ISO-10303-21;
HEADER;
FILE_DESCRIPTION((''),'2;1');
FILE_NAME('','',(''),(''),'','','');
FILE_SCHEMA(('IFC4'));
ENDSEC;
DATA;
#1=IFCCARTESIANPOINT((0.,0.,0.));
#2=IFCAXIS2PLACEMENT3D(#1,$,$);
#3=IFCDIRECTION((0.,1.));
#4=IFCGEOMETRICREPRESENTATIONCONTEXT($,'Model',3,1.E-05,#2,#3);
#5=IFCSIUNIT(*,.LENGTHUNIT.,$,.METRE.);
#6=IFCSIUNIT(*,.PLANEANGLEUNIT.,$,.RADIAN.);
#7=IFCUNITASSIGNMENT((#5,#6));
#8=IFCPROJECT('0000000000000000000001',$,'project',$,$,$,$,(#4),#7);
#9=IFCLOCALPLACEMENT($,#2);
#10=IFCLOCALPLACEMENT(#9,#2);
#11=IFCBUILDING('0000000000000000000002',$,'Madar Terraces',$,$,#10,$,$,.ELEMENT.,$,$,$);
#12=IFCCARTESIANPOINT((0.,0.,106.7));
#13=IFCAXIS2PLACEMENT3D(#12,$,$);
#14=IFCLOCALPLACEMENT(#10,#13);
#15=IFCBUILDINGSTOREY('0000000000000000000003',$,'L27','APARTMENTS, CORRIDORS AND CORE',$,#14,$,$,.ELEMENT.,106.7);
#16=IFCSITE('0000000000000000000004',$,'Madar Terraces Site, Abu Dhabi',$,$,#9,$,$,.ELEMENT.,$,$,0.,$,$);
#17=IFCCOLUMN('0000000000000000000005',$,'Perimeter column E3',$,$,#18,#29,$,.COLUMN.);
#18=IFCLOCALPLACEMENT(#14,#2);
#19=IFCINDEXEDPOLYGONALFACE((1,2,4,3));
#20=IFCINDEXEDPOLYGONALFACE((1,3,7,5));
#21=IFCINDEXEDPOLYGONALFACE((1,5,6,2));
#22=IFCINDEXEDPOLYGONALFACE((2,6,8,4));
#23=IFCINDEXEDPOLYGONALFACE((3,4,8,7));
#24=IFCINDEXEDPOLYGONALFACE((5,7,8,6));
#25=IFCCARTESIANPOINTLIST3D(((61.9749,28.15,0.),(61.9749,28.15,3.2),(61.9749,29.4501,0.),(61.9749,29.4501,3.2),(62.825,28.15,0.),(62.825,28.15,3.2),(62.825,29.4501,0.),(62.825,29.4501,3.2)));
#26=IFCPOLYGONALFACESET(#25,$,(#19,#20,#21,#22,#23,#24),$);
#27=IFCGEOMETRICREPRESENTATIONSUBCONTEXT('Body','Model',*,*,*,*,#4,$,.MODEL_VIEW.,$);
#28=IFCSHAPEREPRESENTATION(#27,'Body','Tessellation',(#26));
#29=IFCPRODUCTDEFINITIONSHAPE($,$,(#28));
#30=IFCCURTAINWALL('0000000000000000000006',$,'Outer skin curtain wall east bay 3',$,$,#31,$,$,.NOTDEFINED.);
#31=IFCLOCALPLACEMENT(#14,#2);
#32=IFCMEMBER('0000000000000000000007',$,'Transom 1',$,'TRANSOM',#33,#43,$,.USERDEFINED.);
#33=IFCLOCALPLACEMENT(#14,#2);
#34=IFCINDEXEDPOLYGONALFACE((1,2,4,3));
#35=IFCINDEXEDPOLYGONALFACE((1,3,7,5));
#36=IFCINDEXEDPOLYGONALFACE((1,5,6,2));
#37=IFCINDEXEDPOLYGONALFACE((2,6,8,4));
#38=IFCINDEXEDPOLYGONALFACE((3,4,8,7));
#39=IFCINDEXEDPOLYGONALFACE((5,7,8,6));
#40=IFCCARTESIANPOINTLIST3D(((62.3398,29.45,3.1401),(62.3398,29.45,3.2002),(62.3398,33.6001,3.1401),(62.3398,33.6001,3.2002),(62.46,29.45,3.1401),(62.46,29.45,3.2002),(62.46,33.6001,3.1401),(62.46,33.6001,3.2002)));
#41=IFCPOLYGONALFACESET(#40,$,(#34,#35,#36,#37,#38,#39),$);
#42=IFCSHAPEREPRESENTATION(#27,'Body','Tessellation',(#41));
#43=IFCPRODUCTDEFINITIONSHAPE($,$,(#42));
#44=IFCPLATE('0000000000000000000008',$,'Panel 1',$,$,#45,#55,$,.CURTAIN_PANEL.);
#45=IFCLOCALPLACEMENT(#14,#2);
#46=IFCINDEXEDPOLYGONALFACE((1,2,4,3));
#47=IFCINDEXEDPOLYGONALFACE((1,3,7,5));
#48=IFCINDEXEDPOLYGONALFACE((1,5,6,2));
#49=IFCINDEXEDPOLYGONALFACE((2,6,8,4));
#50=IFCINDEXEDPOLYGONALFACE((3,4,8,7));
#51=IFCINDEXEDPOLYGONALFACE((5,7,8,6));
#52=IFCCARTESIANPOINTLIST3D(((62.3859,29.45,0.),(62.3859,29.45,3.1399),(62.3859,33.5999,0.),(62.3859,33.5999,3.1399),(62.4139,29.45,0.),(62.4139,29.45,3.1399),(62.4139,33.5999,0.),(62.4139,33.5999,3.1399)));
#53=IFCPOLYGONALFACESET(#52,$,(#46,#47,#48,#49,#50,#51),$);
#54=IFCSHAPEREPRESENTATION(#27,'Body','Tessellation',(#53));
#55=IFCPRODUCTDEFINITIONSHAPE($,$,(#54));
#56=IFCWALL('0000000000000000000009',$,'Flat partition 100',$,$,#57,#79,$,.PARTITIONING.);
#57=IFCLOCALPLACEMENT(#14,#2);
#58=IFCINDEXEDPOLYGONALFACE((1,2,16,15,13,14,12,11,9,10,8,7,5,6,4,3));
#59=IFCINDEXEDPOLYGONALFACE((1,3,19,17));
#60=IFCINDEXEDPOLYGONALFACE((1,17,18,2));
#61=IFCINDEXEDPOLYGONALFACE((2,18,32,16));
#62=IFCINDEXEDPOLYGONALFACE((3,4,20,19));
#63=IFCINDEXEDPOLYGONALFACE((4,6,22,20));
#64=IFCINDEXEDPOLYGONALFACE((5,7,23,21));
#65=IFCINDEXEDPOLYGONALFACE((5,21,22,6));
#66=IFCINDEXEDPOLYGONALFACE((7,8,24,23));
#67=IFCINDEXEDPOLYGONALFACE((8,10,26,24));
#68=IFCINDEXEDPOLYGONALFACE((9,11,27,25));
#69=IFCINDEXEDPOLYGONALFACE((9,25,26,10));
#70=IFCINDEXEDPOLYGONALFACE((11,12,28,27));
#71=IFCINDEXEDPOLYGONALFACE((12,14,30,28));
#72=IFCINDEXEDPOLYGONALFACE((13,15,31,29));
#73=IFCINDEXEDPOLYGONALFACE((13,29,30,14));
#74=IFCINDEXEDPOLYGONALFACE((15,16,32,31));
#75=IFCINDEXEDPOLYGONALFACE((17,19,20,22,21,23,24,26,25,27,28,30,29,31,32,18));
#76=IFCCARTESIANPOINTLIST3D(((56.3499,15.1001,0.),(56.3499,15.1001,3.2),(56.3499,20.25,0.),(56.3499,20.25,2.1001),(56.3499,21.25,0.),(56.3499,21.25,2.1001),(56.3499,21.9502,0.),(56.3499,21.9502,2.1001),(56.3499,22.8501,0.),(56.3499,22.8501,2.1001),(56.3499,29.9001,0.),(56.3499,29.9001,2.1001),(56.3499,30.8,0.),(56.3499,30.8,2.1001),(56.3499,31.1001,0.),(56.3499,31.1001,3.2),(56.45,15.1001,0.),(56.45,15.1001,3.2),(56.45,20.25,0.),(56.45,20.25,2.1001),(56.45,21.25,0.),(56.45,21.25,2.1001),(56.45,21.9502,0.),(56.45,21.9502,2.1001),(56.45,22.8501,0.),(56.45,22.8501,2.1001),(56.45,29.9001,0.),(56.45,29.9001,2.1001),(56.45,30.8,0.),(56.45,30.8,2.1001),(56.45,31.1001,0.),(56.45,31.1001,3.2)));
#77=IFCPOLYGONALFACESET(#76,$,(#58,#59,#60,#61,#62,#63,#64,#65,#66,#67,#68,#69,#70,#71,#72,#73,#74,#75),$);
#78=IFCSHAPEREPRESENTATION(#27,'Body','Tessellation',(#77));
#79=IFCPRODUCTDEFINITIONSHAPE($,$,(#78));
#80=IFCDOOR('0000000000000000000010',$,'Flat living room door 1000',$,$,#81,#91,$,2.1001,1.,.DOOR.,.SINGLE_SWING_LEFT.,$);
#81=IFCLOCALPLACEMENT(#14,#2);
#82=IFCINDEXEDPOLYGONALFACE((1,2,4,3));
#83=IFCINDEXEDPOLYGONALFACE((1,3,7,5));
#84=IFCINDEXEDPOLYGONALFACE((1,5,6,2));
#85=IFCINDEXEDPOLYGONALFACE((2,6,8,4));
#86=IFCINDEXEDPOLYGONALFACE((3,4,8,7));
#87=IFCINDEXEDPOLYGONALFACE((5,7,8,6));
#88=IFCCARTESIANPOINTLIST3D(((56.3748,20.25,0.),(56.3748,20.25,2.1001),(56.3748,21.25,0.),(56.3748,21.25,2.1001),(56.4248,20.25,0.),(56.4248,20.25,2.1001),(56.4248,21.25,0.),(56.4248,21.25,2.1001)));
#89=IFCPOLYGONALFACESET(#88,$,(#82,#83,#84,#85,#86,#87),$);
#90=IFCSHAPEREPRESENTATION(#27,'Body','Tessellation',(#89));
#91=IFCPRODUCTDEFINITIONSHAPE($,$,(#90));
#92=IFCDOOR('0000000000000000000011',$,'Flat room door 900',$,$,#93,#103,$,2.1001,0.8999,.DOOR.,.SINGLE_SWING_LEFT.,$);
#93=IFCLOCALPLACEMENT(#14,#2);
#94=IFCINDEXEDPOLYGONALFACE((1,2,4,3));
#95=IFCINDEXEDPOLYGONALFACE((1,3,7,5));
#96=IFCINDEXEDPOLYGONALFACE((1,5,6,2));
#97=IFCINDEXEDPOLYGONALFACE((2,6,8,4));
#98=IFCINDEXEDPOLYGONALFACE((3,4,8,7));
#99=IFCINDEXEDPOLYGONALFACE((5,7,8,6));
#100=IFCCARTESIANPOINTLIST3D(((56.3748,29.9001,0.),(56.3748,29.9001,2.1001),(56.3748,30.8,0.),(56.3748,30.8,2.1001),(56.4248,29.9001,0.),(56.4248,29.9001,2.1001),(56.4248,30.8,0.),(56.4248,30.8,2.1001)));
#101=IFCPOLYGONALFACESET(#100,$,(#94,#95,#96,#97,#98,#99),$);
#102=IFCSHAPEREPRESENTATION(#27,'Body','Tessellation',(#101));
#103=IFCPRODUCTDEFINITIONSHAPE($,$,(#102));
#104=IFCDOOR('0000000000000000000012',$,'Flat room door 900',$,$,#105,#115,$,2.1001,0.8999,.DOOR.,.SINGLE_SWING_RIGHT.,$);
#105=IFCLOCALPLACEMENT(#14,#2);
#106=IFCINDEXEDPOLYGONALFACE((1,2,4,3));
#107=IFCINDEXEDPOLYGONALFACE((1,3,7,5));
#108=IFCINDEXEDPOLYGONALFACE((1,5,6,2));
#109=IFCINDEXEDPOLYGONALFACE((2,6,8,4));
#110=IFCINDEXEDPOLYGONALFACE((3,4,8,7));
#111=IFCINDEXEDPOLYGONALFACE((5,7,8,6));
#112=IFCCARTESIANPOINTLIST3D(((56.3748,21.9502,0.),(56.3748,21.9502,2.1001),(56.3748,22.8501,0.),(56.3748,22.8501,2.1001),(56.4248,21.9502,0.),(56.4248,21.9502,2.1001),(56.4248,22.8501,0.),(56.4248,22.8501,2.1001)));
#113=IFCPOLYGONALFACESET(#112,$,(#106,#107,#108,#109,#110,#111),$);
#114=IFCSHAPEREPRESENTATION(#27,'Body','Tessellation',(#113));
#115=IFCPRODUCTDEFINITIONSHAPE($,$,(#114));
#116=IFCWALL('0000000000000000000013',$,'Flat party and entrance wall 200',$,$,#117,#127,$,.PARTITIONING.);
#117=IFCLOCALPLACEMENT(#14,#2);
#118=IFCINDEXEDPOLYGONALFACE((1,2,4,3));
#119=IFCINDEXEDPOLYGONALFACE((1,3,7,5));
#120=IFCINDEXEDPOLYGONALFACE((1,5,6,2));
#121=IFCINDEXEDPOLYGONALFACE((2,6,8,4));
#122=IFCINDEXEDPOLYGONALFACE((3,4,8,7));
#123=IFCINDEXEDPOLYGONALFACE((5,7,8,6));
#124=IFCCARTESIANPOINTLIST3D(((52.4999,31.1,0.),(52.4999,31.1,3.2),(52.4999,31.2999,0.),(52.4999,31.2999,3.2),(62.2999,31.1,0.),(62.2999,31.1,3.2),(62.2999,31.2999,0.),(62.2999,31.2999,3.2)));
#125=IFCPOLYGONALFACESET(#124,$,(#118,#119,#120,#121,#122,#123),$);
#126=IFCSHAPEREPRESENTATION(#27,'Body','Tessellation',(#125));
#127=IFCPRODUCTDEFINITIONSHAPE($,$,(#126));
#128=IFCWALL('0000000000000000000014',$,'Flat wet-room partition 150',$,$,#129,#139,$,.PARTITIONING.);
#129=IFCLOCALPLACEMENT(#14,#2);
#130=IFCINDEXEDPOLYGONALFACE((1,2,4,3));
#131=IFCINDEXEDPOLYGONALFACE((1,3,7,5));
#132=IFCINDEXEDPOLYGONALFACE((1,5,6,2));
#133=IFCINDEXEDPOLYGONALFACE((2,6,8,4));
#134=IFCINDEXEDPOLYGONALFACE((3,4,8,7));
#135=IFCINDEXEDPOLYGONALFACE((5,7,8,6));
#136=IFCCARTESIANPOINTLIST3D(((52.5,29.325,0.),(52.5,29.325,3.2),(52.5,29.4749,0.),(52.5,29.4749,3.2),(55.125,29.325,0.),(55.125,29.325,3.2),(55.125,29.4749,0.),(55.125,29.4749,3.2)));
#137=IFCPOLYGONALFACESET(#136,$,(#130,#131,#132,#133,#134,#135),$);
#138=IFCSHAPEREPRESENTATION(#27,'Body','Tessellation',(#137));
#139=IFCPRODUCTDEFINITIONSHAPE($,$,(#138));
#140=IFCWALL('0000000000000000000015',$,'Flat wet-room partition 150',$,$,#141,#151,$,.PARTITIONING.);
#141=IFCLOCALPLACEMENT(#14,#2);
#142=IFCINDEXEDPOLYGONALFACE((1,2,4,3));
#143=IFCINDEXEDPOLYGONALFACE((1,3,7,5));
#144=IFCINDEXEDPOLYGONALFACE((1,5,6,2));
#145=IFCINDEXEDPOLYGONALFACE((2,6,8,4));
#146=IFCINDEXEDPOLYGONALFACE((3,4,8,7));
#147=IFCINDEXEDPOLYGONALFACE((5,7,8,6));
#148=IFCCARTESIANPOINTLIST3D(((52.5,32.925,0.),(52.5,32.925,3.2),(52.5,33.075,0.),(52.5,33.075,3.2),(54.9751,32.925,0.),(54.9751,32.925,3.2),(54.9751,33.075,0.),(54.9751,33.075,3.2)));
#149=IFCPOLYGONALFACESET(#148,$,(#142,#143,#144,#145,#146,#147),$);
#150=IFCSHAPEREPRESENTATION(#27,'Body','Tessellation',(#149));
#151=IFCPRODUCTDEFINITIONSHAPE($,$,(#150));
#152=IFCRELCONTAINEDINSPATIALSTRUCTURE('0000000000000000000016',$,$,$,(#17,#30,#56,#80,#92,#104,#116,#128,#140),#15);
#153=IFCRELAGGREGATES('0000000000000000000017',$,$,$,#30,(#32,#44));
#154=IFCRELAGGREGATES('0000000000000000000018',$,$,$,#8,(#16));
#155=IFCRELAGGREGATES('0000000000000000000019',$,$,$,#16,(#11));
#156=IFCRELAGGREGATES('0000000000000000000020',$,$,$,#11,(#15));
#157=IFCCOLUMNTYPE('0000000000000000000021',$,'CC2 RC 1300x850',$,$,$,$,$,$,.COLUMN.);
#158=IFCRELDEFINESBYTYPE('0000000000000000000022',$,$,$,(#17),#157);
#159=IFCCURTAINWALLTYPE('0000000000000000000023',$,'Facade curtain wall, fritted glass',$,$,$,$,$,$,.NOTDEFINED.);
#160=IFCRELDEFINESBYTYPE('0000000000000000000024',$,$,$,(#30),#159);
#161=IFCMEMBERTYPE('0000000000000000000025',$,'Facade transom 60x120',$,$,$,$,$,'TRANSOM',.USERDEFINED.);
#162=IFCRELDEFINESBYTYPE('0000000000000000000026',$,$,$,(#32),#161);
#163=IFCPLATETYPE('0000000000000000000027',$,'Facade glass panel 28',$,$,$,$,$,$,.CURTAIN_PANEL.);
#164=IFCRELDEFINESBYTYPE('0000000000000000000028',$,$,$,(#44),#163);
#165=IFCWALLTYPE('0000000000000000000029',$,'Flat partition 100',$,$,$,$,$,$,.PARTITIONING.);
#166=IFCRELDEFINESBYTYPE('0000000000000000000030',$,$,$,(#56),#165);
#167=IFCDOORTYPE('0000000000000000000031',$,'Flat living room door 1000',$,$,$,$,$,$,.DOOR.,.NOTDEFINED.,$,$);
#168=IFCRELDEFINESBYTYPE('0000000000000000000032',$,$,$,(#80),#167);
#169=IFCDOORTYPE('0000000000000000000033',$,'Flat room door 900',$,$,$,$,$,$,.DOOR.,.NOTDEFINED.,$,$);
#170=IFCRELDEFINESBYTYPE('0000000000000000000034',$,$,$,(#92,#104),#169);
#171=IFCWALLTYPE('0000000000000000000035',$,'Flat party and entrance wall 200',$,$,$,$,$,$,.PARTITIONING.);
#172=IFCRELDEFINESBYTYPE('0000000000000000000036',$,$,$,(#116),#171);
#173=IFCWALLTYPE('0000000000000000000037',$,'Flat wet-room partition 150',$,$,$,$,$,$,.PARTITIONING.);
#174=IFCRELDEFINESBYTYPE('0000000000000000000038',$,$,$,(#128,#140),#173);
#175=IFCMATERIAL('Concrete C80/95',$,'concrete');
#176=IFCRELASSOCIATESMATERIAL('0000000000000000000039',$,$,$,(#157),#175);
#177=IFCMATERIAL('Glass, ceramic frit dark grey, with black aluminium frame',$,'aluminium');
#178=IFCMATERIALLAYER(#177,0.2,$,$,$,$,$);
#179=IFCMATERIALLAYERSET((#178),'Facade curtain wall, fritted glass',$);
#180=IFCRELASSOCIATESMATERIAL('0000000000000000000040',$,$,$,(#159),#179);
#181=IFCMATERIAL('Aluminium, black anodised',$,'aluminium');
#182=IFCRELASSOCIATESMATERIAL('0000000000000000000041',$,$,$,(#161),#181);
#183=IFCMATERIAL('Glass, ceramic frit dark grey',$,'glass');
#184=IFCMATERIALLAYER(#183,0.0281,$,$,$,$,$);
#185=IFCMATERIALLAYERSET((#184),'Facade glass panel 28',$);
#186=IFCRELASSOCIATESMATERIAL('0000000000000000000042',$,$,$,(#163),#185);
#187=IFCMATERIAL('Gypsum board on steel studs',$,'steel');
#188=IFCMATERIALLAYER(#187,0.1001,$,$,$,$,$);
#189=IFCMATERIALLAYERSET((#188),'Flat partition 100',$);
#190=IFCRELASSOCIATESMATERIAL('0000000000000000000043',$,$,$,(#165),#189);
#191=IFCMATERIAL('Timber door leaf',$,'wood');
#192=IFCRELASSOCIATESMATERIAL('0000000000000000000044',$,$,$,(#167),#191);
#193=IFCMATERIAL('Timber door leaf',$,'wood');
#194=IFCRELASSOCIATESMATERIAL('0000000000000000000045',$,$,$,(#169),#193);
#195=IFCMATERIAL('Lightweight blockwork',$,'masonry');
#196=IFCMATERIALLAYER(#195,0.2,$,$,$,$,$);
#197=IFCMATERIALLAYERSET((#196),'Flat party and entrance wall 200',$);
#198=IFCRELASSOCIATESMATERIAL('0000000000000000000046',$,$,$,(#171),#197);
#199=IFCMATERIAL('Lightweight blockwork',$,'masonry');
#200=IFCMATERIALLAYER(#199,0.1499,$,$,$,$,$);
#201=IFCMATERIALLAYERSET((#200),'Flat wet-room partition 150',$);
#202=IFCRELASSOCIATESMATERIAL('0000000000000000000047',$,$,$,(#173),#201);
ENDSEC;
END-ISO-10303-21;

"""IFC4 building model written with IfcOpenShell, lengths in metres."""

from ifc_helpers import new_model, si_unit, direction, frame, frame_2d, origin, origin_2d, place, context, subcontext, project, spatial, rectangle, extrude, material, layer, layer_set, material_profile, profile_set, type_object, element, fill, aggregate, save


model = new_model("IFC4")

# Units and contexts
model_context = context("Model", 3, precision=1e-05, world=origin(), true_north=direction((0.0, 1.0)))
body_context = subcontext(model_context, "Body", "Model", "MODEL_VIEW")
ifc_project = project(units=[si_unit("LENGTHUNIT", "METRE"), si_unit("PLANEANGLEUNIT", "RADIAN")], contexts=[model_context])

# Site, building, storey
site_placement = place(None, origin())
site = spatial("IfcSite", under=ifc_project, at=site_placement, Name="Madar Terraces Site, Abu Dhabi", CompositionType="ELEMENT", RefElevation=0.0)
building_placement = place(site_placement, origin())
building = spatial("IfcBuilding", under=site, at=building_placement, Name="Madar Terraces", CompositionType="ELEMENT")
storey_placement = place(building_placement, frame((0.0, 0.0, 106.7)))
storey = spatial("IfcBuildingStorey", under=building, at=storey_placement, Name="L27", Description="APARTMENTS, CORRIDORS AND CORE", CompositionType="ELEMENT", Elevation=106.7)

# Column
ifc_material_1 = material(Name="Concrete C80/95", Category="concrete")
ifc_material_profile_1 = material_profile(ifc_material_1, rectangle(XDim=1.3, YDim=0.8501, at=origin_2d()), Name="CC2 RC 1300x850")
ifc_profile_set_1 = profile_set([ifc_material_profile_1], Name="Concrete C80/95")
column_type = type_object("IfcColumnType", Name="CC2 RC 1300x850", PredefinedType="COLUMN", material=ifc_profile_set_1)
column_placement = place(storey_placement, frame((62.3999, 28.8, 0.0), z_axis=(0.0, 0.0, 1.0), x_axis=(0.0, 1.0, 0.0)))
element("IfcColumn", 1, at=column_placement, inside=storey, type_object=column_type, Name="Perimeter column E3", PredefinedType="COLUMN", context=body_context, shape_type="SweptSolid", body=[
    extrude(rectangle(XDim=1.3, YDim=0.8501, at=origin_2d()), origin(), (0.0, 0.0, 1.0), 3.2),
])

# Curtain wall, member, plate
ifc_material_2 = material(Name="Glass, ceramic frit dark grey, with black aluminium frame", Category="aluminium")
ifc_layer_1 = layer(ifc_material_2, 0.2)
ifc_layer_set_1 = layer_set([ifc_layer_1], Name="Facade curtain wall, fritted glass")
curtain_wall_type = type_object("IfcCurtainWallType", Name="Facade curtain wall, fritted glass", PredefinedType="NOTDEFINED", material=ifc_layer_set_1)
curtain_wall_placement = place(storey_placement, origin())
curtain_wall = element("IfcCurtainWall", 2, at=curtain_wall_placement, inside=storey, type_object=curtain_wall_type, Name="Outer skin curtain wall east bay 3", PredefinedType="NOTDEFINED")
ifc_material_3 = material(Name="Aluminium, black anodised", Category="aluminium")
ifc_material_profile_2 = material_profile(ifc_material_3, rectangle(XDim=0.1201, YDim=0.0601, at=origin_2d()), Name="Facade transom 60x120")
ifc_profile_set_2 = profile_set([ifc_material_profile_2], Name="Aluminium, black anodised")
member_type = type_object("IfcMemberType", Name="Facade transom 60x120", ElementType="TRANSOM", PredefinedType="USERDEFINED", material=ifc_profile_set_2)
member_placement = place(storey_placement, frame((62.3999, 29.45, 3.1702), z_axis=(0.0, 1.0, 0.0), x_axis=(-1.0, 0.0, 0.0)))
member = element("IfcMember", 3, at=member_placement, type_object=member_type, Name="Transom 1", ObjectType="TRANSOM", PredefinedType="USERDEFINED", context=body_context, shape_type="SweptSolid", body=[
    extrude(rectangle(XDim=0.1201, YDim=0.0601, at=origin_2d()), origin(), (0.0, 0.0, 1.0), 4.1501),
])
ifc_material_4 = material(Name="Glass, ceramic frit dark grey", Category="glass")
ifc_layer_2 = layer(ifc_material_4, 0.0281)
ifc_layer_set_2 = layer_set([ifc_layer_2], Name="Facade glass panel 28")
plate_type = type_object("IfcPlateType", Name="Facade glass panel 28", PredefinedType="CURTAIN_PANEL", material=ifc_layer_set_2)
plate_placement = place(storey_placement, frame((62.3999, 31.5249, 0.0), z_axis=(0.0, 0.0, 1.0), x_axis=(0.0, 1.0, 0.0)))
plate = element("IfcPlate", 4, at=plate_placement, type_object=plate_type, Name="Panel 1", PredefinedType="CURTAIN_PANEL", context=body_context, shape_type="SweptSolid", body=[
    extrude(rectangle(XDim=4.1499, YDim=0.0281, at=origin_2d()), origin(), (0.0, 0.0, 1.0), 3.1399),
])
aggregate(curtain_wall, [member, plate])

# Wall, openings, doors
ifc_material_5 = material(Name="Gypsum board on steel studs", Category="steel")
ifc_layer_3 = layer(ifc_material_5, 0.1001)
ifc_layer_set_3 = layer_set([ifc_layer_3], Name="Flat partition 100")
wall_type_1 = type_object("IfcWallType", Name="Flat partition 100", PredefinedType="PARTITIONING", material=ifc_layer_set_3)
wall_1_placement = place(storey_placement, frame((56.3999, 31.1001, 0.0), z_axis=(0.0, 0.0, 1.0), x_axis=(0.0, -1.0, 0.0)))
wall_1 = element("IfcWall", 5, at=wall_1_placement, inside=storey, type_object=wall_type_1, Name="Flat partition 100", PredefinedType="PARTITIONING", context=body_context, shape_type="SweptSolid", body=[
    extrude(rectangle(XDim=16.0, YDim=0.1001, at=frame_2d((8.0, 0.0))), origin(), (0.0, 0.0, 1.0), 3.2),
])
opening_1_placement = place(wall_1_placement, frame((0.3, 0.0, 0.0)))
opening_1 = element("IfcOpeningElement", 6, at=opening_1_placement, cuts=wall_1, PredefinedType="OPENING", context=body_context, shape_type="SweptSolid", body=[
    extrude(rectangle(XDim=0.8999, YDim=2.1001, at=frame_2d((0.45, 1.05))), frame((0.0, 0.0601, 0.0), z_axis=(0.0, -1.0, 0.0), x_axis=(1.0, 0.0, 0.0)), (0.0, 0.0, 1.0), 0.1201),
])
opening_2_placement = place(wall_1_placement, frame((8.25, 0.0, 0.0)))
opening_2 = element("IfcOpeningElement", 7, at=opening_2_placement, cuts=wall_1, PredefinedType="OPENING", context=body_context, shape_type="SweptSolid", body=[
    extrude(rectangle(XDim=0.8999, YDim=2.1001, at=frame_2d((0.45, 1.05))), frame((0.0, 0.0601, 0.0), z_axis=(0.0, -1.0, 0.0), x_axis=(1.0, 0.0, 0.0)), (0.0, 0.0, 1.0), 0.1201),
])
opening_3_placement = place(wall_1_placement, frame((9.8501, 0.0, 0.0)))
opening_3 = element("IfcOpeningElement", 8, at=opening_3_placement, cuts=wall_1, PredefinedType="OPENING", context=body_context, shape_type="SweptSolid", body=[
    extrude(rectangle(XDim=1.0, YDim=2.1001, at=frame_2d((0.5, 1.05))), frame((0.0, 0.0601, 0.0), z_axis=(0.0, -1.0, 0.0), x_axis=(1.0, 0.0, 0.0)), (0.0, 0.0, 1.0), 0.1201),
])
ifc_material_6 = material(Name="Timber door leaf", Category="wood")
door_type_1 = type_object("IfcDoorType", Name="Flat living room door 1000", OperationType="NOTDEFINED", PredefinedType="DOOR", material=ifc_material_6)
door_1_placement = place(opening_3_placement, origin())
door_1 = element("IfcDoor", 9, at=door_1_placement, inside=storey, type_object=door_type_1, Name="Flat living room door 1000", OperationType="SINGLE_SWING_LEFT", OverallHeight=2.1001, OverallWidth=1.0, PredefinedType="DOOR", context=body_context, shape_type="SweptSolid", body=[
    extrude(rectangle(XDim=1.0, YDim=2.1001, at=frame_2d((0.5, 1.05))), frame((0.0, 0.0249, 0.0), z_axis=(0.0, -1.0, 0.0), x_axis=(1.0, 0.0, 0.0)), (0.0, 0.0, 1.0), 0.05),
])
fill(opening_3, door_1)
ifc_material_7 = material(Name="Timber door leaf", Category="wood")
door_type_2 = type_object("IfcDoorType", Name="Flat room door 900", OperationType="NOTDEFINED", PredefinedType="DOOR", material=ifc_material_7)
door_2_placement = place(opening_1_placement, origin())
door_2 = element("IfcDoor", 10, at=door_2_placement, inside=storey, type_object=door_type_2, Name="Flat room door 900", OperationType="SINGLE_SWING_LEFT", OverallHeight=2.1001, OverallWidth=0.8999, PredefinedType="DOOR", context=body_context, shape_type="SweptSolid", body=[
    extrude(rectangle(XDim=0.8999, YDim=2.1001, at=frame_2d((0.45, 1.05))), frame((0.0, 0.0249, 0.0), z_axis=(0.0, -1.0, 0.0), x_axis=(1.0, 0.0, 0.0)), (0.0, 0.0, 1.0), 0.05),
])
fill(opening_1, door_2)
door_3_placement = place(opening_2_placement, origin())
door_3 = element("IfcDoor", 11, at=door_3_placement, inside=storey, type_object=door_type_2, Name="Flat room door 900", OperationType="SINGLE_SWING_RIGHT", OverallHeight=2.1001, OverallWidth=0.8999, PredefinedType="DOOR", context=body_context, shape_type="SweptSolid", body=[
    extrude(rectangle(XDim=0.8999, YDim=2.1001, at=frame_2d((0.45, 1.05))), frame((0.0, 0.0249, 0.0), z_axis=(0.0, -1.0, 0.0), x_axis=(1.0, 0.0, 0.0)), (0.0, 0.0, 1.0), 0.05),
])
fill(opening_2, door_3)

# Walls
ifc_material_8 = material(Name="Lightweight blockwork", Category="masonry")
ifc_layer_4 = layer(ifc_material_8, 0.2)
ifc_layer_set_4 = layer_set([ifc_layer_4], Name="Flat party and entrance wall 200")
wall_type_2 = type_object("IfcWallType", Name="Flat party and entrance wall 200", PredefinedType="PARTITIONING", material=ifc_layer_set_4)
wall_2_placement = place(storey_placement, frame((52.5, 31.2, 0.0), z_axis=(0.0, 0.0, 1.0), x_axis=(1.0, 0.0, 0.0)))
element("IfcWall", 12, at=wall_2_placement, inside=storey, type_object=wall_type_2, Name="Flat party and entrance wall 200", PredefinedType="PARTITIONING", context=body_context, shape_type="SweptSolid", body=[
    extrude(rectangle(XDim=9.8, YDim=0.2, at=frame_2d((4.8999, 0.0))), origin(), (0.0, 0.0, 1.0), 3.2),
])
ifc_material_9 = material(Name="Lightweight blockwork", Category="masonry")
ifc_layer_5 = layer(ifc_material_9, 0.1499)
ifc_layer_set_5 = layer_set([ifc_layer_5], Name="Flat wet-room partition 150")
wall_type_3 = type_object("IfcWallType", Name="Flat wet-room partition 150", PredefinedType="PARTITIONING", material=ifc_layer_set_5)
wall_3_placement = place(storey_placement, frame((52.5, 29.3999, 0.0), z_axis=(0.0, 0.0, 1.0), x_axis=(1.0, 0.0, 0.0)))
element("IfcWall", 13, at=wall_3_placement, inside=storey, type_object=wall_type_3, Name="Flat wet-room partition 150", PredefinedType="PARTITIONING", context=body_context, shape_type="SweptSolid", body=[
    extrude(rectangle(XDim=2.625, YDim=0.1499, at=frame_2d((1.3125, 0.0))), origin(), (0.0, 0.0, 1.0), 3.2),
])
wall_4_placement = place(storey_placement, frame((52.5, 33.0, 0.0), z_axis=(0.0, 0.0, 1.0), x_axis=(1.0, 0.0, 0.0)))
element("IfcWall", 14, at=wall_4_placement, inside=storey, type_object=wall_type_3, Name="Flat wet-room partition 150", PredefinedType="PARTITIONING", context=body_context, shape_type="SweptSolid", body=[
    extrude(rectangle(XDim=2.4751, YDim=0.1499, at=frame_2d((1.2375, 0.0))), origin(), (0.0, 0.0, 1.0), 3.2),
])

save(model, "model.ifc")
